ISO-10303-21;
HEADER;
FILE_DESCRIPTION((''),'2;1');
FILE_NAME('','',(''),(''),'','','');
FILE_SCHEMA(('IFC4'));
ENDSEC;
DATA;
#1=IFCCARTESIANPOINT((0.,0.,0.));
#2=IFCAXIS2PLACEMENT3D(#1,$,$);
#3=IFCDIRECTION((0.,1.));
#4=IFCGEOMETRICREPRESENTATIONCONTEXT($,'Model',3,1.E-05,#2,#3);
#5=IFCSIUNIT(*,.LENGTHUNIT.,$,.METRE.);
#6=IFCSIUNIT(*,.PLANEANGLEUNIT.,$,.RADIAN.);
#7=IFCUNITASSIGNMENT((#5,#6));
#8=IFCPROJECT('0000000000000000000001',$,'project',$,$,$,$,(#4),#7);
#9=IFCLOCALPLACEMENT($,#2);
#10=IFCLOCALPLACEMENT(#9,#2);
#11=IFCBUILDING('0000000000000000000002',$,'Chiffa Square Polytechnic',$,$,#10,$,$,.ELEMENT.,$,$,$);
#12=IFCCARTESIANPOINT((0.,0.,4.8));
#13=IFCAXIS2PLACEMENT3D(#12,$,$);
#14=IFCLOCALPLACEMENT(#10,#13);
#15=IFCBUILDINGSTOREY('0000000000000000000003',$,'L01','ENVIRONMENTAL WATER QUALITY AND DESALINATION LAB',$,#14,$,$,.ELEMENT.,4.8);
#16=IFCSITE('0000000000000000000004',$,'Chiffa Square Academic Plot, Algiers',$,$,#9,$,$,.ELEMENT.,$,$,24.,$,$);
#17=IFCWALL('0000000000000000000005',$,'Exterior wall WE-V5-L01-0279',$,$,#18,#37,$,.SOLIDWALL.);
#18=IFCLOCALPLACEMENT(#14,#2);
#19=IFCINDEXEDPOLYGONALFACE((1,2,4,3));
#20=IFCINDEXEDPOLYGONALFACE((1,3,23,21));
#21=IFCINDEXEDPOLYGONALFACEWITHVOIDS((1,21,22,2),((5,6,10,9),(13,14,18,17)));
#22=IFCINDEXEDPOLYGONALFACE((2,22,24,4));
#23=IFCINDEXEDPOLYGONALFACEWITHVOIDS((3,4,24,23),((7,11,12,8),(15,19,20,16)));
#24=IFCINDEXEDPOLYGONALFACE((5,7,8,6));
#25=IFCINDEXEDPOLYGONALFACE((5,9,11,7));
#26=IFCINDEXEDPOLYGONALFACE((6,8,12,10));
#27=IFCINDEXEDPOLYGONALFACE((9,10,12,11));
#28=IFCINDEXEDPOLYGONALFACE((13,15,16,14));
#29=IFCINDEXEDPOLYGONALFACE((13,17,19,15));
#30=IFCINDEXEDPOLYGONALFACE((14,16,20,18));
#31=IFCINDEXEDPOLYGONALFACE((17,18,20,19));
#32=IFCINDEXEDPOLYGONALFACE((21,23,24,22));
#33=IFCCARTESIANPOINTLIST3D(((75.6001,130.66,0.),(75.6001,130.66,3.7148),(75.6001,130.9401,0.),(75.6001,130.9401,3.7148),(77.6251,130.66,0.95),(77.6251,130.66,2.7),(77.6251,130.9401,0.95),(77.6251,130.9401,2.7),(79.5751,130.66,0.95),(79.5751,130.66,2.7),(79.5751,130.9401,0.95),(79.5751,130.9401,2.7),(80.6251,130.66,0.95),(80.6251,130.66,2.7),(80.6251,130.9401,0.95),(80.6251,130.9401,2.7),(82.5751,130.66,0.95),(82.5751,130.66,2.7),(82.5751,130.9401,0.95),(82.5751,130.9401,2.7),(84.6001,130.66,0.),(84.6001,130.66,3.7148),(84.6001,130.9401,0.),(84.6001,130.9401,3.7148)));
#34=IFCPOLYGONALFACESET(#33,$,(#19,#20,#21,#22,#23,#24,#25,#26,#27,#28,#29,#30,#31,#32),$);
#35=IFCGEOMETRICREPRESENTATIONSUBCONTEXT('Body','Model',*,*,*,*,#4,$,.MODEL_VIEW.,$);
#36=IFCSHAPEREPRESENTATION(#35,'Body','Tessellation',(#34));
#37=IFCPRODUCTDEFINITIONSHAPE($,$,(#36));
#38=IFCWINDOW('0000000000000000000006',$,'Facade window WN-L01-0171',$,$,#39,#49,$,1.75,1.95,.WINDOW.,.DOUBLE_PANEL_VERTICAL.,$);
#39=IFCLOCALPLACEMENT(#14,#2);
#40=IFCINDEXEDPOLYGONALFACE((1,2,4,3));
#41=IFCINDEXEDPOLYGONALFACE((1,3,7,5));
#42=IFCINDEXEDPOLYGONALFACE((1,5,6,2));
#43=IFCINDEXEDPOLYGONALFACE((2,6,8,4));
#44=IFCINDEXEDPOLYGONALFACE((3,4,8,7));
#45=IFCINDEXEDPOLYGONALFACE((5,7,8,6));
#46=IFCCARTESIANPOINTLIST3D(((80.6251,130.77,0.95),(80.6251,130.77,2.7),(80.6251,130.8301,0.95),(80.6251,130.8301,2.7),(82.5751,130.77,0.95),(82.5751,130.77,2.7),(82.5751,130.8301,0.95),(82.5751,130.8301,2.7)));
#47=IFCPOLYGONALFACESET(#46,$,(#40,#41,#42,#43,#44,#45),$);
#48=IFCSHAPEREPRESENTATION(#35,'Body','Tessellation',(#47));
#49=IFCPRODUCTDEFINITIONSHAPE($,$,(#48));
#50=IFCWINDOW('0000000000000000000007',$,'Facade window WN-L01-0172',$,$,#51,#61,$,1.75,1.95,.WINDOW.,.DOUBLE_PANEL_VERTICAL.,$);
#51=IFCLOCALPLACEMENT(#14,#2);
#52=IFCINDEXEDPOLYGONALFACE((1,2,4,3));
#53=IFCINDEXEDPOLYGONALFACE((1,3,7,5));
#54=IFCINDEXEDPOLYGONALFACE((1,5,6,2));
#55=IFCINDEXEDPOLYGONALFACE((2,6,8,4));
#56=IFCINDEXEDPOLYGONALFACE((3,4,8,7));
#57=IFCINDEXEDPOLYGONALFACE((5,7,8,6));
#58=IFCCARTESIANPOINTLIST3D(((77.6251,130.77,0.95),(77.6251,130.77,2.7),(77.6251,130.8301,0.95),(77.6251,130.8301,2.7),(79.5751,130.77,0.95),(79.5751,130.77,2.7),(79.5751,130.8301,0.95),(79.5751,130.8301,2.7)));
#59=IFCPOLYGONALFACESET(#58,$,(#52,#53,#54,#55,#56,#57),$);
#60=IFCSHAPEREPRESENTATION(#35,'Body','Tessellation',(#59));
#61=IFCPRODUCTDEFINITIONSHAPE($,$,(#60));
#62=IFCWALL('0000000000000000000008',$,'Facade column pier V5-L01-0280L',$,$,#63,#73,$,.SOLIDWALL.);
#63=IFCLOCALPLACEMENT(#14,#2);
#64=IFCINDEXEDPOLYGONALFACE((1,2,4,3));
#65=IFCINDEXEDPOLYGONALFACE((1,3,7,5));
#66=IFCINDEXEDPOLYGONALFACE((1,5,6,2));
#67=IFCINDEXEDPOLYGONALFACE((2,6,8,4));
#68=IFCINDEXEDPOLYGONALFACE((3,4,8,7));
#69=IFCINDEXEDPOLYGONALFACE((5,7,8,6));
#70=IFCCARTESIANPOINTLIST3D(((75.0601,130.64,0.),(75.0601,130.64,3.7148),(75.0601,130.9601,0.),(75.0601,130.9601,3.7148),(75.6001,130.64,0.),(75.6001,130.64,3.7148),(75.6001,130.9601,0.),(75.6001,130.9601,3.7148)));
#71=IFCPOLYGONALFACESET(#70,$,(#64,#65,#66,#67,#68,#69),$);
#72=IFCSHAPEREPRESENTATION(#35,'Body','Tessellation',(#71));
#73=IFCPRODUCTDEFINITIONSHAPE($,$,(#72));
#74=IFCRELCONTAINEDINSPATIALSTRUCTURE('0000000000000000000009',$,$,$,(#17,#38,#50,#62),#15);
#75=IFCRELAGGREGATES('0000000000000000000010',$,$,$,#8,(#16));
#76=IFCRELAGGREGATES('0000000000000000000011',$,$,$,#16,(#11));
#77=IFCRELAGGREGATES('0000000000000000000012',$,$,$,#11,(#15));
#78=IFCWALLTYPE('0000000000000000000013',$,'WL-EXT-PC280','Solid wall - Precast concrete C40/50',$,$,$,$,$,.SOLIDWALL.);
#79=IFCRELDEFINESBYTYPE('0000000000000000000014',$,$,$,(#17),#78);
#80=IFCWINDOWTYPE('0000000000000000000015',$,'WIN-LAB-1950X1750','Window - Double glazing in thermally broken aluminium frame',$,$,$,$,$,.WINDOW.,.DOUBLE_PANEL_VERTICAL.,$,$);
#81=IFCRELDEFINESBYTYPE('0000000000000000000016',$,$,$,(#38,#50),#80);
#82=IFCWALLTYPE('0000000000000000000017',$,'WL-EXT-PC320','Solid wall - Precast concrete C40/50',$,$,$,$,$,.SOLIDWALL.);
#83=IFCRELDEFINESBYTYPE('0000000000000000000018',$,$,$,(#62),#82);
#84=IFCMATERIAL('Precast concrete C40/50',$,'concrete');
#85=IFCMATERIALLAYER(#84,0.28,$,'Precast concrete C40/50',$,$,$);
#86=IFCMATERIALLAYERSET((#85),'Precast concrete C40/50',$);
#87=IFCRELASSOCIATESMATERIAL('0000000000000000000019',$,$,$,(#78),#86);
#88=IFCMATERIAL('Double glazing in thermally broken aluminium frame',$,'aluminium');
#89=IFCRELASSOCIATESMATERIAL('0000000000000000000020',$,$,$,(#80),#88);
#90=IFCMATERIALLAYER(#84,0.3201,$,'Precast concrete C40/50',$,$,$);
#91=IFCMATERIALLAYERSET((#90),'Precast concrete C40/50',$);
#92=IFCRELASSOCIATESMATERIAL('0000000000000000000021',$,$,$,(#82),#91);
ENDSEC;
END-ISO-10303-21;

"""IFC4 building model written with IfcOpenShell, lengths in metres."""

from ifc_helpers import new_model, si_unit, direction, frame, frame_2d, origin, place, context, subcontext, project, spatial, rectangle, extrude, material, layer, layer_set, type_object, element, fill, save


model = new_model("IFC4")

# Units and contexts
model_context = context("Model", 3, precision=1e-05, world=origin(), true_north=direction((0.0, 1.0)))
body_context = subcontext(model_context, "Body", "Model", "MODEL_VIEW")
ifc_project = project(units=[si_unit("LENGTHUNIT", "METRE"), si_unit("PLANEANGLEUNIT", "RADIAN")], contexts=[model_context])

# Site, building, storey
site_placement = place(None, origin())
site = spatial("IfcSite", under=ifc_project, at=site_placement, Name="Chiffa Square Academic Plot, Algiers", CompositionType="ELEMENT", RefElevation=24.0)
building_placement = place(site_placement, origin())
building = spatial("IfcBuilding", under=site, at=building_placement, Name="Chiffa Square Polytechnic", CompositionType="ELEMENT")
storey_placement = place(building_placement, frame((0.0, 0.0, 4.8)))
storey = spatial("IfcBuildingStorey", under=building, at=storey_placement, Name="L01", Description="ENVIRONMENTAL WATER QUALITY AND DESALINATION LAB", CompositionType="ELEMENT", Elevation=4.8)

# Shared definitions
ifc_material_1 = material(Name="Precast concrete C40/50", Category="concrete")

# Wall, openings, windows
ifc_layer_1 = layer(ifc_material_1, 0.28, Name="Precast concrete C40/50")
ifc_layer_set_1 = layer_set([ifc_layer_1], Name="Precast concrete C40/50")
wall_type_1 = type_object("IfcWallType", Name="WL-EXT-PC280", Description="Solid wall - Precast concrete C40/50", PredefinedType="SOLIDWALL", material=ifc_layer_set_1)
wall_1_placement = place(storey_placement, frame((84.6001, 130.8, 0.0), z_axis=(0.0, 0.0, 1.0), x_axis=(-1.0, 0.0, 0.0)))
wall_1 = element("IfcWall", 1, at=wall_1_placement, inside=storey, type_object=wall_type_1, Name="Exterior wall WE-V5-L01-0279", PredefinedType="SOLIDWALL", context=body_context, shape_type="SweptSolid", body=[
    extrude(rectangle(XDim=9.0, YDim=0.28, at=frame_2d((4.5, 0.0))), origin(), (0.0, 0.0, 1.0), 3.7148),
])
opening_1_placement = place(wall_1_placement, frame((2.0249, 0.0, 0.95)))
opening_1 = element("IfcOpeningElement", 2, at=opening_1_placement, cuts=wall_1, PredefinedType="OPENING", context=body_context, shape_type="SweptSolid", body=[
    extrude(rectangle(XDim=1.95, YDim=1.75, at=frame_2d((0.9751, 0.875))), frame((0.0, 0.1499, 0.0), z_axis=(0.0, -1.0, 0.0), x_axis=(1.0, 0.0, 0.0)), (0.0, 0.0, 1.0), 0.3),
])
opening_2_placement = place(wall_1_placement, frame((5.0249, 0.0, 0.95)))
opening_2 = element("IfcOpeningElement", 3, at=opening_2_placement, cuts=wall_1, PredefinedType="OPENING", context=body_context, shape_type="SweptSolid", body=[
    extrude(rectangle(XDim=1.95, YDim=1.75, at=frame_2d((0.9751, 0.875))), frame((0.0, 0.1499, 0.0), z_axis=(0.0, -1.0, 0.0), x_axis=(1.0, 0.0, 0.0)), (0.0, 0.0, 1.0), 0.3),
])
ifc_material_2 = material(Name="Double glazing in thermally broken aluminium frame", Category="aluminium")
window_type = type_object("IfcWindowType", Name="WIN-LAB-1950X1750", Description="Window - Double glazing in thermally broken aluminium frame", PartitioningType="DOUBLE_PANEL_VERTICAL", PredefinedType="WINDOW", material=ifc_material_2)
window_1_placement = place(opening_1_placement, origin())
window_1 = element("IfcWindow", 4, at=window_1_placement, inside=storey, type_object=window_type, Name="Facade window WN-L01-0171", OverallHeight=1.75, OverallWidth=1.95, PartitioningType="DOUBLE_PANEL_VERTICAL", PredefinedType="WINDOW", context=body_context, shape_type="SweptSolid", body=[
    extrude(rectangle(XDim=1.95, YDim=1.75, at=frame_2d((0.9751, 0.875))), frame((0.0, 0.03, 0.0), z_axis=(0.0, -1.0, 0.0), x_axis=(1.0, 0.0, 0.0)), (0.0, 0.0, 1.0), 0.0601),
])
fill(opening_1, window_1)
window_2_placement = place(opening_2_placement, origin())
window_2 = element("IfcWindow", 5, at=window_2_placement, inside=storey, type_object=window_type, Name="Facade window WN-L01-0172", OverallHeight=1.75, OverallWidth=1.95, PartitioningType="DOUBLE_PANEL_VERTICAL", PredefinedType="WINDOW", context=body_context, shape_type="SweptSolid", body=[
    extrude(rectangle(XDim=1.95, YDim=1.75, at=frame_2d((0.9751, 0.875))), frame((0.0, 0.03, 0.0), z_axis=(0.0, -1.0, 0.0), x_axis=(1.0, 0.0, 0.0)), (0.0, 0.0, 1.0), 0.0601),
])
fill(opening_2, window_2)

# Wall
ifc_layer_2 = layer(ifc_material_1, 0.3201, Name="Precast concrete C40/50")
ifc_layer_set_2 = layer_set([ifc_layer_2], Name="Precast concrete C40/50")
wall_type_2 = type_object("IfcWallType", Name="WL-EXT-PC320", Description="Solid wall - Precast concrete C40/50", PredefinedType="SOLIDWALL", material=ifc_layer_set_2)
wall_2_placement = place(storey_placement, frame((75.6001, 130.8, 0.0), z_axis=(0.0, 0.0, 1.0), x_axis=(-1.0, 0.0, 0.0)))
element("IfcWall", 6, at=wall_2_placement, inside=storey, type_object=wall_type_2, Name="Facade column pier V5-L01-0280L", PredefinedType="SOLIDWALL", context=body_context, shape_type="SweptSolid", body=[
    extrude(rectangle(XDim=0.54, YDim=0.3201, at=frame_2d((0.27, 0.0))), origin(), (0.0, 0.0, 1.0), 3.7148),
])

save(model, "model.ifc")
